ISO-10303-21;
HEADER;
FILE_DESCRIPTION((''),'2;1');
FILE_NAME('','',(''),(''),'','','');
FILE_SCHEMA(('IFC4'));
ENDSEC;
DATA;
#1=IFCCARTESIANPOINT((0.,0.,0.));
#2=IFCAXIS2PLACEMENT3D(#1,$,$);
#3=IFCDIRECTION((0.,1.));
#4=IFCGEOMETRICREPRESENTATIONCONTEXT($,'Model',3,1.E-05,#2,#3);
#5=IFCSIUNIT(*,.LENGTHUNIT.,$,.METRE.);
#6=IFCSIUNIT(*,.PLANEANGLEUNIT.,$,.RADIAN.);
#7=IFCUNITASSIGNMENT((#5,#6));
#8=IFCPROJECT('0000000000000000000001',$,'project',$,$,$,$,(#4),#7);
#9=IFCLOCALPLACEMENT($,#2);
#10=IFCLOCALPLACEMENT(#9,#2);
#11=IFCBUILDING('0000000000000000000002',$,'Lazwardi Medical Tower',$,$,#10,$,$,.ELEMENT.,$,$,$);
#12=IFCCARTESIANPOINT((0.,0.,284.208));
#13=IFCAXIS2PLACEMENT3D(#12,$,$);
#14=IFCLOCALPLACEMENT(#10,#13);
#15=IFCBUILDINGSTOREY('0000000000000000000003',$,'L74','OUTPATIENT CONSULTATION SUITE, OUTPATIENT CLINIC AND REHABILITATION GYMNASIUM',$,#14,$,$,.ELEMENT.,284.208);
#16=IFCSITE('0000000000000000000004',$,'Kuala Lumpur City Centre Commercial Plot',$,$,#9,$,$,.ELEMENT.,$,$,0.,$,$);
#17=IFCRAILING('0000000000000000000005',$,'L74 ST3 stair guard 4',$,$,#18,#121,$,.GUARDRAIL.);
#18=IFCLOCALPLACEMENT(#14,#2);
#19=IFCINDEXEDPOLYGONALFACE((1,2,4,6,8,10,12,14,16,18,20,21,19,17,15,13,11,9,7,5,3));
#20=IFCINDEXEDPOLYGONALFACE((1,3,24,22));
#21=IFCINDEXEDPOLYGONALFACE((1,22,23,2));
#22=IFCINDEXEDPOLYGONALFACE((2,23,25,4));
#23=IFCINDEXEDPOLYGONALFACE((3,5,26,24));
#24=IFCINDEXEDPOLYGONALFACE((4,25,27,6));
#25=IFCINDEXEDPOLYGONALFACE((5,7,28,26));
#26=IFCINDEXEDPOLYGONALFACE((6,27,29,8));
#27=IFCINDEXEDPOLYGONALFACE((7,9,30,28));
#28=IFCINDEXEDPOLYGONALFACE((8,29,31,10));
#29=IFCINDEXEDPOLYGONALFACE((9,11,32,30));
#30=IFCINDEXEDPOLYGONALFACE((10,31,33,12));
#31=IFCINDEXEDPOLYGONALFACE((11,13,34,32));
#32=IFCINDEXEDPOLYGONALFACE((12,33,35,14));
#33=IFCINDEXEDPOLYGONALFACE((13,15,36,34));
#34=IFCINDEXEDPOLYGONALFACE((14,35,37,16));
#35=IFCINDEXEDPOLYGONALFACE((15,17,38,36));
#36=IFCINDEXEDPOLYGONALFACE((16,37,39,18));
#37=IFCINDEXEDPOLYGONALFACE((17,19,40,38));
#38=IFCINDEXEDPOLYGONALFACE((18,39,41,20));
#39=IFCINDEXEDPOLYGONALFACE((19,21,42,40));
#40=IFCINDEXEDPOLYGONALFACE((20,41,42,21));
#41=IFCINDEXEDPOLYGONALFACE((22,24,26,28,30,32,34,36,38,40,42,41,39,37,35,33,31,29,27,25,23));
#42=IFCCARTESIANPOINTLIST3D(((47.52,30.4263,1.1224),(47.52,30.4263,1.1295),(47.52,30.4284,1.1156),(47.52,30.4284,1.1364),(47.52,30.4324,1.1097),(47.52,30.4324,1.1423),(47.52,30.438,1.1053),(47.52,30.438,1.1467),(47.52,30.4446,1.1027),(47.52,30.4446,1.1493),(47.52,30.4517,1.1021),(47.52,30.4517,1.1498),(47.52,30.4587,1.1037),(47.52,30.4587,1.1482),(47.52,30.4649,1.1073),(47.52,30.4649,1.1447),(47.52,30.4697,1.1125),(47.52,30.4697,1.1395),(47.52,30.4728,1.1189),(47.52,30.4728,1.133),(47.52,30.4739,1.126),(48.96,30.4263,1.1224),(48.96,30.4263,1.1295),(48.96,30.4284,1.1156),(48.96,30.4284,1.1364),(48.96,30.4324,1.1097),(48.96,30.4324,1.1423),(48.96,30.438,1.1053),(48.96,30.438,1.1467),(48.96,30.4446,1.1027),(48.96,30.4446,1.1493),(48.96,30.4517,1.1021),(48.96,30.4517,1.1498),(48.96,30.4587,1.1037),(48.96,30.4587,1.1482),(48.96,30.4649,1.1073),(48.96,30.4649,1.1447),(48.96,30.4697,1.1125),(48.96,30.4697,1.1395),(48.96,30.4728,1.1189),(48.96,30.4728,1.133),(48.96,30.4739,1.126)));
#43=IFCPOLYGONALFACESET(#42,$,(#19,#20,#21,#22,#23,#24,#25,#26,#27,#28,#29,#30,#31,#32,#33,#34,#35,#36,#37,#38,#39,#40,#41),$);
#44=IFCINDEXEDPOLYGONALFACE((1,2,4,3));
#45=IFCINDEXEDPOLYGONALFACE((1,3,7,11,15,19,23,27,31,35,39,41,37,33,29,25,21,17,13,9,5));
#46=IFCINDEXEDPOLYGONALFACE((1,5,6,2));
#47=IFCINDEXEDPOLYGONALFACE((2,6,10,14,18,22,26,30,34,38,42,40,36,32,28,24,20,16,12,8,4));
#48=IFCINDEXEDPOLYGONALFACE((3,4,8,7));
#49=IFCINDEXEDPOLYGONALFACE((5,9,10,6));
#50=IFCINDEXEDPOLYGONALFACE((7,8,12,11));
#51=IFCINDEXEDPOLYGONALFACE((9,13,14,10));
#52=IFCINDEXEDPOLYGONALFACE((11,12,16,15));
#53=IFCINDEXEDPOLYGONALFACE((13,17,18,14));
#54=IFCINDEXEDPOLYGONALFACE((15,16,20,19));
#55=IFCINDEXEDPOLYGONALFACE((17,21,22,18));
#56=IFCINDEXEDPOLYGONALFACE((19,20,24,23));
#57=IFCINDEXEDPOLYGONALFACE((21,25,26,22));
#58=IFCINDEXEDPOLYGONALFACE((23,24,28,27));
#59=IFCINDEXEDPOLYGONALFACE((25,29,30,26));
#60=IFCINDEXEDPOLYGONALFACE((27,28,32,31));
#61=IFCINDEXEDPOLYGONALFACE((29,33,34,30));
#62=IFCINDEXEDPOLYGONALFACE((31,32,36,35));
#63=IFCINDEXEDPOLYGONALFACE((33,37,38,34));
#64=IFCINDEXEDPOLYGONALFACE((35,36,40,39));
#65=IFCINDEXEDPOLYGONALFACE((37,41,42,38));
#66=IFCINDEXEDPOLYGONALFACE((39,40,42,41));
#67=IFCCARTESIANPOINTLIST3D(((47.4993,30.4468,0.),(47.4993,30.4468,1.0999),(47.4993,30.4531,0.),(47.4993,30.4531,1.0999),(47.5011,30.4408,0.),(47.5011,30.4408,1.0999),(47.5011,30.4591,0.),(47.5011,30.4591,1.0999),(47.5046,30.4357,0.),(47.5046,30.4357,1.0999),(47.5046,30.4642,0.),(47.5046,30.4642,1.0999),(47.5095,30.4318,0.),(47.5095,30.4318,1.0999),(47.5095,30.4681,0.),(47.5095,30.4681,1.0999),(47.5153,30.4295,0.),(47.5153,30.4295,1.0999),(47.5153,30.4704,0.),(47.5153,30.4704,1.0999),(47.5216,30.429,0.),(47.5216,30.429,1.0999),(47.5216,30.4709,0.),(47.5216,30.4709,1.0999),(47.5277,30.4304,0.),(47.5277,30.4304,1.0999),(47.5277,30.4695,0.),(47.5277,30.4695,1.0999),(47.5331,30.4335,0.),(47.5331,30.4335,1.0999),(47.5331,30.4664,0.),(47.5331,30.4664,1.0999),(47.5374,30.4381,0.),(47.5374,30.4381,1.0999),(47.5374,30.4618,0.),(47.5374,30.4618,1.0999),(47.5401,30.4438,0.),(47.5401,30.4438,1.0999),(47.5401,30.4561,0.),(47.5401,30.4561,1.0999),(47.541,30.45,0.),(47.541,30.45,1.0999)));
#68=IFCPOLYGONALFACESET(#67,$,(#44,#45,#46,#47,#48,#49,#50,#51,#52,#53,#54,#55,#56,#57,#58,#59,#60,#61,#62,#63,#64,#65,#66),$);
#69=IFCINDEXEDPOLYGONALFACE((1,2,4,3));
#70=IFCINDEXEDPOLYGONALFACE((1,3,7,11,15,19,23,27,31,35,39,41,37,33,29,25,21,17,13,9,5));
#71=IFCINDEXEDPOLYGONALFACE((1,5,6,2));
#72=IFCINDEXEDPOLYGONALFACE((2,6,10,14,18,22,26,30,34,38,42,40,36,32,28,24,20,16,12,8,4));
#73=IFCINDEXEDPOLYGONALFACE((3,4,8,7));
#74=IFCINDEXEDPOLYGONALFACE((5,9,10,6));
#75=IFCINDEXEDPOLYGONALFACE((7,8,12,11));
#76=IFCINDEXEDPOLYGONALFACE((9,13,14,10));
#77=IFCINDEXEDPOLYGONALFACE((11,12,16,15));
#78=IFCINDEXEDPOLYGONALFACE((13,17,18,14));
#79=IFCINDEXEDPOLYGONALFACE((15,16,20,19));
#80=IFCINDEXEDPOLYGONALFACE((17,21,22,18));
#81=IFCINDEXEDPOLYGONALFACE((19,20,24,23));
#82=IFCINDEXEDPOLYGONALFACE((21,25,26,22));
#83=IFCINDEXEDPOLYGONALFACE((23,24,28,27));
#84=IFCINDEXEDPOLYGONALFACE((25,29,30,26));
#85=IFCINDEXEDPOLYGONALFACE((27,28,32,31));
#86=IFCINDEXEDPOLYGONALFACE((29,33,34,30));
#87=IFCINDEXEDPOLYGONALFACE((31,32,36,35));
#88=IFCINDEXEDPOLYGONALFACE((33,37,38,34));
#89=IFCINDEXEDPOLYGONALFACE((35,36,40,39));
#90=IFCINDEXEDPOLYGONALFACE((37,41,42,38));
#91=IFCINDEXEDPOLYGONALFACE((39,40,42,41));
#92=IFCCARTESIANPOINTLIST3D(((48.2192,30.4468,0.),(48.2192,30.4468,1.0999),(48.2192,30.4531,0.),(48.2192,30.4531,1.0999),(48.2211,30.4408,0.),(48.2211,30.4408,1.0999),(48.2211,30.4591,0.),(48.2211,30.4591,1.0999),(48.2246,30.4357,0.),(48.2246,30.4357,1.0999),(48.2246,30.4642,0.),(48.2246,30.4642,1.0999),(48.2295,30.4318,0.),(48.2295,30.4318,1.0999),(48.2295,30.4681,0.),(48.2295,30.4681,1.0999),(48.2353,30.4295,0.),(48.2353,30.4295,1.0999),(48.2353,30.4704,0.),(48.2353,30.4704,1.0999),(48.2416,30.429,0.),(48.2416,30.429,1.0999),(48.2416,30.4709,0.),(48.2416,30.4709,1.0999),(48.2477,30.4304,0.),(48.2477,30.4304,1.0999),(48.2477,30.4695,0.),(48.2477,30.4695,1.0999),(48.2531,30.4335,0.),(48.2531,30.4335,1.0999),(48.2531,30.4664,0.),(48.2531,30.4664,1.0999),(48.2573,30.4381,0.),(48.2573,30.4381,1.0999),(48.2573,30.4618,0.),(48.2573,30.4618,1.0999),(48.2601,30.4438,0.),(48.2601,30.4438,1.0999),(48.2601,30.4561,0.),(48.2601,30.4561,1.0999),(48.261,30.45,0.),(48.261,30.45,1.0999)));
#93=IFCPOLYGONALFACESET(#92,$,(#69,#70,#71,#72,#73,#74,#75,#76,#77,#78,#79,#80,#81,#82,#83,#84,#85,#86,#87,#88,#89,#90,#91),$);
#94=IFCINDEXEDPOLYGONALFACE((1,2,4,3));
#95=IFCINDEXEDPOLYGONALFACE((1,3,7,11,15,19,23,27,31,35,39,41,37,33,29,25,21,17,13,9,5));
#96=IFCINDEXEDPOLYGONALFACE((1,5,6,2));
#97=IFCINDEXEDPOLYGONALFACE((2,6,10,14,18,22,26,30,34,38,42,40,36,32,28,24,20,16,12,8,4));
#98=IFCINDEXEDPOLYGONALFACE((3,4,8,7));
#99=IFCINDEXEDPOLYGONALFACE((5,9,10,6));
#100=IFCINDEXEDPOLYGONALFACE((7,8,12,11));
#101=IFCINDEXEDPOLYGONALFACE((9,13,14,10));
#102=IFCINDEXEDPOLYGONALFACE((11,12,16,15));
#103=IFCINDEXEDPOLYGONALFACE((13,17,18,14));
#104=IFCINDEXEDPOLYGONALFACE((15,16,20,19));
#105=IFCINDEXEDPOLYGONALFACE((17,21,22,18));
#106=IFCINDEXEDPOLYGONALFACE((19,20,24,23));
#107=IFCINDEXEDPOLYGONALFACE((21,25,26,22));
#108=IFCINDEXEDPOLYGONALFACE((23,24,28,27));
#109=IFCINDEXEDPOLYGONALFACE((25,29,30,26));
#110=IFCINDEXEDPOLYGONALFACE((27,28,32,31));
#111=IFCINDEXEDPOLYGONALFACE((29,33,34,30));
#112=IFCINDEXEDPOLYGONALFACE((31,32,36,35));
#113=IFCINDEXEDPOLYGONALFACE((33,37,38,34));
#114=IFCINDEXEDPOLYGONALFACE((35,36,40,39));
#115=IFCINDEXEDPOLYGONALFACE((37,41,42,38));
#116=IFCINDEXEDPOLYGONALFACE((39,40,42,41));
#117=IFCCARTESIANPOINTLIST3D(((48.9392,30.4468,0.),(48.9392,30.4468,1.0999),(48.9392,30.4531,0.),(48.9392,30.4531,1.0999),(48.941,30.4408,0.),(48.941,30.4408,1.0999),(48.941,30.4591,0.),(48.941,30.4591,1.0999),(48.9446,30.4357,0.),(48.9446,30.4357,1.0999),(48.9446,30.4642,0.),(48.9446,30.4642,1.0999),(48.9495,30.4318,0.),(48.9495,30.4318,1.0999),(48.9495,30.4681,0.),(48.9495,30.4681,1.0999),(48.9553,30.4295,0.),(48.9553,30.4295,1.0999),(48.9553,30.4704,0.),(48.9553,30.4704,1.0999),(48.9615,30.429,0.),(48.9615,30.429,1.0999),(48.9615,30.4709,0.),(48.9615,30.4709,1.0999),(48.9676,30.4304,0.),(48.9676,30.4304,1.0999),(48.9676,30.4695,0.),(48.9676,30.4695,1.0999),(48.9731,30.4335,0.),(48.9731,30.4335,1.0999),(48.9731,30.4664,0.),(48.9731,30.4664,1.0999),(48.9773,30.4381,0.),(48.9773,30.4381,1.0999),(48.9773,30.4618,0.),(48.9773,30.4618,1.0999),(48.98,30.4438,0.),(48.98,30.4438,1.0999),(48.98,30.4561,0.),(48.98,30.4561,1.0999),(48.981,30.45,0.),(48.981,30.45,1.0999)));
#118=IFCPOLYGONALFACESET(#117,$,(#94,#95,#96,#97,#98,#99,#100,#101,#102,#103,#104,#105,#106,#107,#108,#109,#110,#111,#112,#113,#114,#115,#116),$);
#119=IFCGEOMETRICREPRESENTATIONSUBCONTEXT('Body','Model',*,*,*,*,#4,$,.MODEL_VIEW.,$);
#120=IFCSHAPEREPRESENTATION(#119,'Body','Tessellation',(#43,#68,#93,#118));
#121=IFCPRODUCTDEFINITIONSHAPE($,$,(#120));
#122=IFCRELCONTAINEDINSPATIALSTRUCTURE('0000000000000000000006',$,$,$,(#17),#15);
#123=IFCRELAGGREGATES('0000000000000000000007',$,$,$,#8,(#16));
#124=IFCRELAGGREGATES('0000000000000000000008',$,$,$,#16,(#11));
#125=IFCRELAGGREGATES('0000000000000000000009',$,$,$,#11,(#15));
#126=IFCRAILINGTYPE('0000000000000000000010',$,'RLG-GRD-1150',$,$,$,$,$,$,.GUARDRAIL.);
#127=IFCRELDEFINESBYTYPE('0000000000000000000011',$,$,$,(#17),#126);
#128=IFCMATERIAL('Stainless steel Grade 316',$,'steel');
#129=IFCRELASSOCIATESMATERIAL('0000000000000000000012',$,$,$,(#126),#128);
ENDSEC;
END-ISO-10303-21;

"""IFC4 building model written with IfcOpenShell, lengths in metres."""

from ifc_helpers import new_model, si_unit, direction, frame, origin, origin_2d, place, context, subcontext, project, spatial, circle, extrude, material, type_object, element, save


model = new_model("IFC4")

# Units and contexts
model_context = context("Model", 3, precision=1e-05, world=origin(), true_north=direction((0.0, 1.0)))
body_context = subcontext(model_context, "Body", "Model", "MODEL_VIEW")
ifc_project = project(units=[si_unit("LENGTHUNIT", "METRE"), si_unit("PLANEANGLEUNIT", "RADIAN")], contexts=[model_context])

# Site, building, storey
site_placement = place(None, origin())
site = spatial("IfcSite", under=ifc_project, at=site_placement, Name="Kuala Lumpur City Centre Commercial Plot", CompositionType="ELEMENT", RefElevation=0.0)
building_placement = place(site_placement, origin())
building = spatial("IfcBuilding", under=site, at=building_placement, Name="Lazwardi Medical Tower", CompositionType="ELEMENT")
storey_placement = place(building_placement, frame((0.0, 0.0, 284.208)))
storey = spatial("IfcBuildingStorey", under=building, at=storey_placement, Name="L74", Description="OUTPATIENT CONSULTATION SUITE, OUTPATIENT CLINIC AND REHABILITATION GYMNASIUM", CompositionType="ELEMENT", Elevation=284.208)

# Railing
ifc_material_1 = material(Name="Stainless steel Grade 316", Category="steel")
railing_type_1 = type_object("IfcRailingType", Name="RLG-GRD-1150", PredefinedType="GUARDRAIL", material=ifc_material_1)
railing_1_placement = place(storey_placement, frame((47.52, 30.45, 0.0)))
element("IfcRailing", 1, at=railing_1_placement, inside=storey, type_object=railing_type_1, Name="L74 ST3 stair guard 4", PredefinedType="GUARDRAIL", context=body_context, shape_type="SweptSolid", body=[
    extrude(circle(Radius=0.0239, at=origin_2d()), frame((0.0, 0.0, 1.126), z_axis=(1.0, 0.0, 0.0), x_axis=(0.0, 1.0, 0.0)), (0.0, 0.0, 1.0), 1.4399),
    extrude(circle(Radius=0.021, at=origin_2d()), origin(), (0.0, 0.0, 1.0), 1.0999),
    extrude(circle(Radius=0.021, at=origin_2d()), frame((0.72, 0.0, 0.0)), (0.0, 0.0, 1.0), 1.0999),
    extrude(circle(Radius=0.021, at=origin_2d()), frame((1.4399, 0.0, 0.0)), (0.0, 0.0, 1.0), 1.0999),
])

save(model, "model.ifc")
